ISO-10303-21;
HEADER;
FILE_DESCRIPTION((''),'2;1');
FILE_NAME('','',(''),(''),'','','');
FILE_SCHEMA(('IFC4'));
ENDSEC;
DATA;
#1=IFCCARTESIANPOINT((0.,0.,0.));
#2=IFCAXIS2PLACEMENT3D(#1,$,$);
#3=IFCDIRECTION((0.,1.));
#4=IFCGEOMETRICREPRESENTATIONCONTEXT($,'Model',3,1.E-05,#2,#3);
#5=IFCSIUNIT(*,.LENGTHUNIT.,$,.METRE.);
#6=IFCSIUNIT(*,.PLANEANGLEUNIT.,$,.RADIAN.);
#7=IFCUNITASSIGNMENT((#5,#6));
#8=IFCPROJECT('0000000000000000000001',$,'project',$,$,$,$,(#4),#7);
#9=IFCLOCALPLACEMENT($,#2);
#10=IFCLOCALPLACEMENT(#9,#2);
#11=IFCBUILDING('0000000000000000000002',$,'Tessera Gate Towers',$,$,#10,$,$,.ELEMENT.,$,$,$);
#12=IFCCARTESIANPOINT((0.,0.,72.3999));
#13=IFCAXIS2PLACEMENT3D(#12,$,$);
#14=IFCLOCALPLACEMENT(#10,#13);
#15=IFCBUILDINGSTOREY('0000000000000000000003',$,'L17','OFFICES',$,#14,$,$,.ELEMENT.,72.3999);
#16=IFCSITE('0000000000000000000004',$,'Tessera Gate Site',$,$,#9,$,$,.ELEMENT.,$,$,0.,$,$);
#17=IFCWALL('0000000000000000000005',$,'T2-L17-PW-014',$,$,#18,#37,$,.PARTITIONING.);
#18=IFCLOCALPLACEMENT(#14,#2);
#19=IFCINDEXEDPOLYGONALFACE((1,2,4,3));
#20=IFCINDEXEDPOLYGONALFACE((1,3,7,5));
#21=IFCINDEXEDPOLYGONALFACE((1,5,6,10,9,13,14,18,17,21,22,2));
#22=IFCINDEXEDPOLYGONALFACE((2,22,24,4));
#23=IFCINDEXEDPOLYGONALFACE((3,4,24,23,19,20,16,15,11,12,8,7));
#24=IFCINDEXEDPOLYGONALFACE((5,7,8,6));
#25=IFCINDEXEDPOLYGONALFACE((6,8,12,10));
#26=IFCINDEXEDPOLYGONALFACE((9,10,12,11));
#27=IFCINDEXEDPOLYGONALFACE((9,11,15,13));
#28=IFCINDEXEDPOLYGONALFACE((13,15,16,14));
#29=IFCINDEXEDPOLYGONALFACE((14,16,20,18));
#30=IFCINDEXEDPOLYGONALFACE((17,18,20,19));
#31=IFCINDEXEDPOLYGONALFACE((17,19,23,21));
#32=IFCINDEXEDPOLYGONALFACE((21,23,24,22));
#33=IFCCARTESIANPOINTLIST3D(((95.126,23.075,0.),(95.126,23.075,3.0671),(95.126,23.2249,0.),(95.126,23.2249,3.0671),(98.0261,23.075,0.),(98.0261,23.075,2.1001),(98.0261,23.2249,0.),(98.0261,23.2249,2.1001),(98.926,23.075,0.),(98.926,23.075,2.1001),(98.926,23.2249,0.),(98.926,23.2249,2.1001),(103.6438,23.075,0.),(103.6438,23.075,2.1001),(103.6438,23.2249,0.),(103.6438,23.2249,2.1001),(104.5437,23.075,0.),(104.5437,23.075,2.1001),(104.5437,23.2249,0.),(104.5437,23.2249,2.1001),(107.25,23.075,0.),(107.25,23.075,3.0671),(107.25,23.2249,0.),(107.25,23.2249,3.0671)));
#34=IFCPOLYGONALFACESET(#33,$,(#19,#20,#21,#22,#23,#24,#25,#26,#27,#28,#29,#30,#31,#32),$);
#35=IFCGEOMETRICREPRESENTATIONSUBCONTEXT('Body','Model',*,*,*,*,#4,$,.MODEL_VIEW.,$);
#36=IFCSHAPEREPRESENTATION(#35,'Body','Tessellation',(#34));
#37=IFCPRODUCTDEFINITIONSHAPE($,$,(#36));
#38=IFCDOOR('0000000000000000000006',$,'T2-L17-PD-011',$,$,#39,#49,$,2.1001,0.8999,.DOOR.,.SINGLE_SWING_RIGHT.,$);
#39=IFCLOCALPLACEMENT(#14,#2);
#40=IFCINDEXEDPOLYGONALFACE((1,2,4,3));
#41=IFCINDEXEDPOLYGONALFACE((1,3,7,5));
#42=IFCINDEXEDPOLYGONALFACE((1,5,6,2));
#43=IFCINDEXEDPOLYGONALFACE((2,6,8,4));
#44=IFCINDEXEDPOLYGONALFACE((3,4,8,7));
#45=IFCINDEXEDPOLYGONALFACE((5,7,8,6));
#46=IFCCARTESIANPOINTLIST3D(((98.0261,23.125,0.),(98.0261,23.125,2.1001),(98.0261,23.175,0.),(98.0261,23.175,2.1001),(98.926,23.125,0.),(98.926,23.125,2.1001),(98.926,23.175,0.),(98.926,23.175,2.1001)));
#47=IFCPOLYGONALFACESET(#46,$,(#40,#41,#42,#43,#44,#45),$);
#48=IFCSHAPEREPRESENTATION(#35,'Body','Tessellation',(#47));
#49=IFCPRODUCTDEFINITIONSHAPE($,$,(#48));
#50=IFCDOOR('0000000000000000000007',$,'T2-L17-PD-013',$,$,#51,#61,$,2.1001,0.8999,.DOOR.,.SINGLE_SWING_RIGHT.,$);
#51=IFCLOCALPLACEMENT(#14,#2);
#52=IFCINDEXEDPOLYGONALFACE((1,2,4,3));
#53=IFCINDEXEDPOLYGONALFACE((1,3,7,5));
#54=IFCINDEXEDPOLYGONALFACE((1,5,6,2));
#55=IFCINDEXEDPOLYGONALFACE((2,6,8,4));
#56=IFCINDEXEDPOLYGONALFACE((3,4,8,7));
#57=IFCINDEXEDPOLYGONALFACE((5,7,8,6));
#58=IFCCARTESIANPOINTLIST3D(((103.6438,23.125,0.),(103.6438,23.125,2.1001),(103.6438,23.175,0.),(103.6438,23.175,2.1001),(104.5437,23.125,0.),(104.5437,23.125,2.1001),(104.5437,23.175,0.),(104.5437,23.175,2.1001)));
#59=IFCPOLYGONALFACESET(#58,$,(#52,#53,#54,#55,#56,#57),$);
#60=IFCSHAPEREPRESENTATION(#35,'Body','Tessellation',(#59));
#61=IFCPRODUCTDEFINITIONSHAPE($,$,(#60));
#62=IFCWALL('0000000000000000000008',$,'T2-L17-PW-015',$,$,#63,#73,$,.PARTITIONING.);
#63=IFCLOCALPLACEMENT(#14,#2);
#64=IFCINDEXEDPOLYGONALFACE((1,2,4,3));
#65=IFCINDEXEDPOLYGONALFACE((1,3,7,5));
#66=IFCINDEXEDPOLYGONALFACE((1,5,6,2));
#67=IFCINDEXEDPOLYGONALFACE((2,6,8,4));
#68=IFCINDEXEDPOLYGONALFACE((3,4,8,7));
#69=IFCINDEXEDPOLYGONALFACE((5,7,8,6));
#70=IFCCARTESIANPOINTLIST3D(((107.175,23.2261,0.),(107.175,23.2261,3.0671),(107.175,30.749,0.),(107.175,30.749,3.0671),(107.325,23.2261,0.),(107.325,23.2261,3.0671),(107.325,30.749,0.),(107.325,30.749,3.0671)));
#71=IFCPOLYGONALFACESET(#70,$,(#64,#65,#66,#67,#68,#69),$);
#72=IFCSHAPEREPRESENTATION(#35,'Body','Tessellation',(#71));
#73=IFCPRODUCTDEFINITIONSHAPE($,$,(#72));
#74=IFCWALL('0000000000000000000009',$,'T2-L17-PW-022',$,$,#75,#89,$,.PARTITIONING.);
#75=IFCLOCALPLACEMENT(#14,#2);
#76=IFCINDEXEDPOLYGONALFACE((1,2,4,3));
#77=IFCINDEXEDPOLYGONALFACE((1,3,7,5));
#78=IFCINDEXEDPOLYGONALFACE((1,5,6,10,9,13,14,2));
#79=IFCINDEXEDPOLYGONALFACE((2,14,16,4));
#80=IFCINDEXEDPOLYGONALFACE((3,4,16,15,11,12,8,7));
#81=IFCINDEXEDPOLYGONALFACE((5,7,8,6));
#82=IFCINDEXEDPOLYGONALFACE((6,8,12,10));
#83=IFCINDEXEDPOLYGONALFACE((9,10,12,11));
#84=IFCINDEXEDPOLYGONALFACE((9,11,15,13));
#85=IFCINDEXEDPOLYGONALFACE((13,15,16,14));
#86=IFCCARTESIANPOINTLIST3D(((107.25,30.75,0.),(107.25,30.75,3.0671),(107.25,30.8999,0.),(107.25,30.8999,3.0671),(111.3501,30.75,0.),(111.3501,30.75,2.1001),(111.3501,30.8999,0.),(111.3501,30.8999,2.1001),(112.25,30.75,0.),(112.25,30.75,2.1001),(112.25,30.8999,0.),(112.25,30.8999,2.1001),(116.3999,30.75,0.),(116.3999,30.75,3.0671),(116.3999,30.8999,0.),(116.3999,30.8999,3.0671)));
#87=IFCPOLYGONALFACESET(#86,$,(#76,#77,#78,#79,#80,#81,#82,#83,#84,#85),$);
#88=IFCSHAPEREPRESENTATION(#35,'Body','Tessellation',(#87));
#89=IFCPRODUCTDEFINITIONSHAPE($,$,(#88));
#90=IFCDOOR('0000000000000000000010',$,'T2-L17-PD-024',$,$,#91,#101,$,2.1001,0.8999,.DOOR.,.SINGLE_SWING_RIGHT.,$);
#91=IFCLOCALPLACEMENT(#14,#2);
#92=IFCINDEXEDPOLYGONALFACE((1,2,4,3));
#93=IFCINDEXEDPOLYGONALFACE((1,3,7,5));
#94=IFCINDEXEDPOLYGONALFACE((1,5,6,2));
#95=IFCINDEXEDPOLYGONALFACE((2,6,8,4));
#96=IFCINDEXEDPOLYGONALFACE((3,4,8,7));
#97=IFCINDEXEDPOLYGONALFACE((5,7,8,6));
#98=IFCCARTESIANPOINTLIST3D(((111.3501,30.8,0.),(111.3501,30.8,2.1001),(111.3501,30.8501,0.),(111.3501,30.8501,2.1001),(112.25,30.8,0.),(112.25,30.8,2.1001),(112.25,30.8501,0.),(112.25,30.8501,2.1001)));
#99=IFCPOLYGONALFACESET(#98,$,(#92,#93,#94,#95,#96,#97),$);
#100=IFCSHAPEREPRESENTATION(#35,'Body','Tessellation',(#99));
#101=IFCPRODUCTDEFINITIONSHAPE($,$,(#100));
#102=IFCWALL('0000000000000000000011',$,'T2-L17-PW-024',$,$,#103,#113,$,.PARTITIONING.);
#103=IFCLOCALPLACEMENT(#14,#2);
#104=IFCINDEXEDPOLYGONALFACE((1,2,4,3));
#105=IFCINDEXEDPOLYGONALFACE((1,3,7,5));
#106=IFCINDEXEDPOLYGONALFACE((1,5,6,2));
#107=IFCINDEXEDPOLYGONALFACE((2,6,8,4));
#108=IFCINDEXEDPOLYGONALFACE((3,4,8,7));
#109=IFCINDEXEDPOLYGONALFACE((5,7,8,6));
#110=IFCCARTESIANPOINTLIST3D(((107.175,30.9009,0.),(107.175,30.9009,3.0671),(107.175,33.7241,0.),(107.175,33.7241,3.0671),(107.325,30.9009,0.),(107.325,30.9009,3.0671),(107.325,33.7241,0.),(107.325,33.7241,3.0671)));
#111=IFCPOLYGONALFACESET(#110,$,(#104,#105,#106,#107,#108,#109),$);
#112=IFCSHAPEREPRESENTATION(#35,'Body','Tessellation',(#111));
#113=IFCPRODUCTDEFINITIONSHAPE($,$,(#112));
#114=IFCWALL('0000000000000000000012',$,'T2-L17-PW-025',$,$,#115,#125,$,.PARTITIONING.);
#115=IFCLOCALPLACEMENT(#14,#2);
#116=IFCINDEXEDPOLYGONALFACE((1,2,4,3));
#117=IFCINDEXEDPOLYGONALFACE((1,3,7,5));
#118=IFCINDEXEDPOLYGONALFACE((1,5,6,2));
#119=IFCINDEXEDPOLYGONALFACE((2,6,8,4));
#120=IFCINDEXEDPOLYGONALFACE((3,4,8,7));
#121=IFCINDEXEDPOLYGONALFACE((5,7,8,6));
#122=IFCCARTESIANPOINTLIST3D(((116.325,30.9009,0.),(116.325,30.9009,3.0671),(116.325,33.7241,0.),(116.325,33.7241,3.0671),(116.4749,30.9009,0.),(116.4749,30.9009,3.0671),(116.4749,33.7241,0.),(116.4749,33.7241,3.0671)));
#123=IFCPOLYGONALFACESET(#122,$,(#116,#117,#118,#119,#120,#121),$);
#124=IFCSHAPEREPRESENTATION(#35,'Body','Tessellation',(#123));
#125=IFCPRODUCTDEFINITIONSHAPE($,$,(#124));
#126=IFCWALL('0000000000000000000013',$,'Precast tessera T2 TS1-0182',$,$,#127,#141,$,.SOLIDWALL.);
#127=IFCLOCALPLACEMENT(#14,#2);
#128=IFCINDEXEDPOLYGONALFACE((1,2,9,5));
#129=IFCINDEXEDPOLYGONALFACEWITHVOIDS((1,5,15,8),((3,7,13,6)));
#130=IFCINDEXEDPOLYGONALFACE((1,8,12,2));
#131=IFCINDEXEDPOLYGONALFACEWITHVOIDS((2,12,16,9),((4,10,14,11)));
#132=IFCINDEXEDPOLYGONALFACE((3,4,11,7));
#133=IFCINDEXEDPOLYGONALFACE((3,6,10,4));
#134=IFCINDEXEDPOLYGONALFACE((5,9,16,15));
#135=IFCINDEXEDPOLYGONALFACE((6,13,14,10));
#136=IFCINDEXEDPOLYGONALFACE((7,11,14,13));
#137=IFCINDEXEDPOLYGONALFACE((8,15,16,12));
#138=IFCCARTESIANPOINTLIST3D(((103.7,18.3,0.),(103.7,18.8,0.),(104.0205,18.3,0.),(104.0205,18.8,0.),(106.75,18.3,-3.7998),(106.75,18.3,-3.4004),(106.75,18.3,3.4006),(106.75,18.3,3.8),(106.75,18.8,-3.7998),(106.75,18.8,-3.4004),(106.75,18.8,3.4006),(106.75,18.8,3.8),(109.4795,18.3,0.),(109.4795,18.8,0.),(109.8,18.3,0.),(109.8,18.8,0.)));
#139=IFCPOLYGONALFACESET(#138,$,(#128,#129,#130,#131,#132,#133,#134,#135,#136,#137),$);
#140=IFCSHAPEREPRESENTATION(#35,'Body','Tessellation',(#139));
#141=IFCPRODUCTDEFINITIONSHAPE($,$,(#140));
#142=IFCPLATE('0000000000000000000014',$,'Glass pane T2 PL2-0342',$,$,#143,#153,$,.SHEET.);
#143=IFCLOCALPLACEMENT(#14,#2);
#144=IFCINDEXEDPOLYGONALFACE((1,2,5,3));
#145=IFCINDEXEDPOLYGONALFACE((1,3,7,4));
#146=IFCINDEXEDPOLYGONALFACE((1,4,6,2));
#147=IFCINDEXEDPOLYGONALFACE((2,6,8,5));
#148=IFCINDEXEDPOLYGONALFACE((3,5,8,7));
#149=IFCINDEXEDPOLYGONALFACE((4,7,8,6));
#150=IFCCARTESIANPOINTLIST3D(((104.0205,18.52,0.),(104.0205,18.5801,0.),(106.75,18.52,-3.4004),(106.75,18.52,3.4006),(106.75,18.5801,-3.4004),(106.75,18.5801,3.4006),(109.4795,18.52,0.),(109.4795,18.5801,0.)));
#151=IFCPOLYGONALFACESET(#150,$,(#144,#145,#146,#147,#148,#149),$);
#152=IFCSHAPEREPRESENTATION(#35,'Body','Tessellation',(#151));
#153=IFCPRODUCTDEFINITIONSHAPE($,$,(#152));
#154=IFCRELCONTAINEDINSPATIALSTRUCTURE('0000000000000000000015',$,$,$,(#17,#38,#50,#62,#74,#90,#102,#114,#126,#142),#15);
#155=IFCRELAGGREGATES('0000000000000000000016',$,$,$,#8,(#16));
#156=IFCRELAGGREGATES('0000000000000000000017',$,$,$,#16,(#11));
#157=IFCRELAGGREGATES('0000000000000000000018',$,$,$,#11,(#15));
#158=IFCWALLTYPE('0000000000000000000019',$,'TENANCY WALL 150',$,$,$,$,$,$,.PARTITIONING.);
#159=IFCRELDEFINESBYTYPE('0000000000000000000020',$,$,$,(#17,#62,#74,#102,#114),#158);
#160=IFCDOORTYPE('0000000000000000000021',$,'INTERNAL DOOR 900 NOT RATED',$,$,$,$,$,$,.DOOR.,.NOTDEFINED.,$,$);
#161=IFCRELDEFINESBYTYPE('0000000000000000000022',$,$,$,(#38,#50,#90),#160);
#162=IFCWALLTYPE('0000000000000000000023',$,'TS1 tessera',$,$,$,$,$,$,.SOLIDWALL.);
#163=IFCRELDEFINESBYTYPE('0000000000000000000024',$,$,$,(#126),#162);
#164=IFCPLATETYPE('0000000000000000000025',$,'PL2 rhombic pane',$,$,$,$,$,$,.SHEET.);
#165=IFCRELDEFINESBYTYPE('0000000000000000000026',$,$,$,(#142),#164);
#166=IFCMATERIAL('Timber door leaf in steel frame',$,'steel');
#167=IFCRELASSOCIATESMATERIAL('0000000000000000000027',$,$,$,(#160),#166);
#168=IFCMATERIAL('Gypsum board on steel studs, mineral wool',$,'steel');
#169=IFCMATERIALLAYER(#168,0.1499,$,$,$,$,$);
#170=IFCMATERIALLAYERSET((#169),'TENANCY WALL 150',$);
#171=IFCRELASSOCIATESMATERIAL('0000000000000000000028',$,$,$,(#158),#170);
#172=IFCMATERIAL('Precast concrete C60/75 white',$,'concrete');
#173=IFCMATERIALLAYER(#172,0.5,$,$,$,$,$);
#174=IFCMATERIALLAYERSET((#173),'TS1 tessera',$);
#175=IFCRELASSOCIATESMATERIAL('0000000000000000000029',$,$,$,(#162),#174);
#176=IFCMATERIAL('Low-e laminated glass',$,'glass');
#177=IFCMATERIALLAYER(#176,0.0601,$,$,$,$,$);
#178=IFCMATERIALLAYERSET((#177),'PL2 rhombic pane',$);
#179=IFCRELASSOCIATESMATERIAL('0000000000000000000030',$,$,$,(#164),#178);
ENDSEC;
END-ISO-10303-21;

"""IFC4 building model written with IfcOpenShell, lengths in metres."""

from ifc_helpers import new_model, si_unit, direction, frame, frame_2d, origin, place, context, subcontext, project, spatial, polyline, rectangle, outline, extrude, source, transform, mapped, material, layer, layer_set, type_object, element, fill, save


model = new_model("IFC4")

# Units and contexts
model_context = context("Model", 3, precision=1e-05, world=origin(), true_north=direction((0.0, 1.0)))
body_context = subcontext(model_context, "Body", "Model", "MODEL_VIEW")
ifc_project = project(units=[si_unit("LENGTHUNIT", "METRE"), si_unit("PLANEANGLEUNIT", "RADIAN")], contexts=[model_context])

# Site, building, storey
site_placement = place(None, origin())
site = spatial("IfcSite", under=ifc_project, at=site_placement, Name="Tessera Gate Site", CompositionType="ELEMENT", RefElevation=0.0)
building_placement = place(site_placement, origin())
building = spatial("IfcBuilding", under=site, at=building_placement, Name="Tessera Gate Towers", CompositionType="ELEMENT")
storey_placement = place(building_placement, frame((0.0, 0.0, 72.3999)))
storey = spatial("IfcBuildingStorey", under=building, at=storey_placement, Name="L17", Description="OFFICES", CompositionType="ELEMENT", Elevation=72.3999)

# Shared definitions
ifc_material_1 = material(Name="Timber door leaf in steel frame", Category="steel")
door_type = type_object("IfcDoorType", Name="INTERNAL DOOR 900 NOT RATED", OperationType="NOTDEFINED", PredefinedType="DOOR", material=ifc_material_1)
shared_shape_1 = source(origin(), body_context, "Body", "SweptSolid", [
    extrude(rectangle(XDim=0.8999, YDim=2.1001, at=frame_2d((0.45, 1.05))), frame((0.0, 0.0249, 0.0), z_axis=(0.0, -1.0, 0.0), x_axis=(1.0, 0.0, 0.0)), (0.0, 0.0, 1.0), 0.05),
])

# Shared definitions
ifc_material_2 = material(Name="Gypsum board on steel studs, mineral wool", Category="steel")
ifc_layer_1 = layer(ifc_material_2, 0.1499)
ifc_layer_set_1 = layer_set([ifc_layer_1], Name="TENANCY WALL 150")
wall_type_1 = type_object("IfcWallType", Name="TENANCY WALL 150", PredefinedType="PARTITIONING", material=ifc_layer_set_1)

# Wall, openings, doors
wall_1_placement = place(storey_placement, frame((107.25, 23.1499, 0.0), z_axis=(0.0, 0.0, 1.0), x_axis=(-1.0, 0.0, 0.0)))
wall_1 = element("IfcWall", 1, at=wall_1_placement, inside=storey, type_object=wall_type_1, Name="T2-L17-PW-014", PredefinedType="PARTITIONING", context=body_context, shape_type="SweptSolid", body=[
    extrude(rectangle(XDim=12.124, YDim=0.1499, at=frame_2d((6.062, 0.0))), origin(), (0.0, 0.0, 1.0), 3.0671),
])
shared_shape_2 = source(origin(), body_context, "Body", "SweptSolid", [
    extrude(rectangle(XDim=0.8999, YDim=2.1001, at=frame_2d((0.45, 1.05))), frame((0.0, 0.085, 0.0), z_axis=(0.0, -1.0, 0.0), x_axis=(1.0, 0.0, 0.0)), (0.0, 0.0, 1.0), 0.1699),
])
opening_1_placement = place(wall_1_placement, frame((8.324, 0.0, 0.0)))
opening_1 = element("IfcOpeningElement", 2, at=opening_1_placement, cuts=wall_1, PredefinedType="OPENING", context=body_context, shape_type="MappedRepresentation", body=[
    mapped(shared_shape_2, transform((0.0, 0.0, 0.0), scale=1.0)),
])
opening_2_placement = place(wall_1_placement, frame((2.7063, 0.0, 0.0)))
opening_2 = element("IfcOpeningElement", 3, at=opening_2_placement, cuts=wall_1, PredefinedType="OPENING", context=body_context, shape_type="MappedRepresentation", body=[
    mapped(shared_shape_2, transform((0.0, 0.0, 0.0), scale=1.0)),
])
door_1_placement = place(opening_1_placement, origin())
door_1 = element("IfcDoor", 4, at=door_1_placement, inside=storey, type_object=door_type, Name="T2-L17-PD-011", OperationType="SINGLE_SWING_RIGHT", OverallHeight=2.1001, OverallWidth=0.8999, PredefinedType="DOOR", context=body_context, shape_type="MappedRepresentation", body=[
    mapped(shared_shape_1, transform((0.0, 0.0, 0.0), scale=1.0)),
])
fill(opening_1, door_1)
door_2_placement = place(opening_2_placement, origin())
door_2 = element("IfcDoor", 5, at=door_2_placement, inside=storey, type_object=door_type, Name="T2-L17-PD-013", OperationType="SINGLE_SWING_RIGHT", OverallHeight=2.1001, OverallWidth=0.8999, PredefinedType="DOOR", context=body_context, shape_type="MappedRepresentation", body=[
    mapped(shared_shape_1, transform((0.0, 0.0, 0.0), scale=1.0)),
])
fill(opening_2, door_2)

# Wall
wall_2_placement = place(storey_placement, frame((107.25, 23.2261, 0.0), z_axis=(0.0, 0.0, 1.0), x_axis=(0.0, 1.0, 0.0)))
element("IfcWall", 6, at=wall_2_placement, inside=storey, type_object=wall_type_1, Name="T2-L17-PW-015", PredefinedType="PARTITIONING", context=body_context, shape_type="SweptSolid", body=[
    extrude(rectangle(XDim=7.5229, YDim=0.1499, at=frame_2d((3.7615, 0.0))), origin(), (0.0, 0.0, 1.0), 3.0671),
])

# Wall, opening, door
wall_3_placement = place(storey_placement, frame((116.3999, 30.825, 0.0), z_axis=(0.0, 0.0, 1.0), x_axis=(-1.0, 0.0, 0.0)))
wall_3 = element("IfcWall", 7, at=wall_3_placement, inside=storey, type_object=wall_type_1, Name="T2-L17-PW-022", PredefinedType="PARTITIONING", context=body_context, shape_type="SweptSolid", body=[
    extrude(rectangle(XDim=9.1499, YDim=0.1499, at=frame_2d((4.575, 0.0))), origin(), (0.0, 0.0, 1.0), 3.0671),
])
opening_3_placement = place(wall_3_placement, frame((4.1499, 0.0, 0.0)))
opening_3 = element("IfcOpeningElement", 8, at=opening_3_placement, cuts=wall_3, PredefinedType="OPENING", context=body_context, shape_type="MappedRepresentation", body=[
    mapped(shared_shape_2, transform((0.0, 0.0, 0.0), scale=1.0)),
])
door_3_placement = place(opening_3_placement, origin())
door_3 = element("IfcDoor", 9, at=door_3_placement, inside=storey, type_object=door_type, Name="T2-L17-PD-024", OperationType="SINGLE_SWING_RIGHT", OverallHeight=2.1001, OverallWidth=0.8999, PredefinedType="DOOR", context=body_context, shape_type="MappedRepresentation", body=[
    mapped(shared_shape_1, transform((0.0, 0.0, 0.0), scale=1.0)),
])
fill(opening_3, door_3)

# Walls
for number, where, z_axis, x_axis, name in (
    (10, (107.25, 30.9009, 0.0), (0.0, 0.0, 1.0), (0.0, 1.0, 0.0), "T2-L17-PW-024"),
    (11, (116.3999, 30.9009, 0.0), (0.0, 0.0, 1.0), (0.0, 1.0, 0.0), "T2-L17-PW-025"),
):
    element("IfcWall", number, at=place(storey_placement, frame(where, z_axis=z_axis, x_axis=x_axis)), inside=storey, type_object=wall_type_1, Name=name, PredefinedType="PARTITIONING", context=body_context, shape_type="SweptSolid", body=[
        extrude(rectangle(XDim=2.8232, YDim=0.1499, at=frame_2d((1.4116, 0.0))), origin(), (0.0, 0.0, 1.0), 3.0671),
    ])

# Wall, opening, plate
ifc_material_3 = material(Name="Precast concrete C60/75 white", Category="concrete")
ifc_layer_2 = layer(ifc_material_3, 0.5)
ifc_layer_set_2 = layer_set([ifc_layer_2], Name="TS1 tessera")
wall_type_2 = type_object("IfcWallType", Name="TS1 tessera", PredefinedType="SOLIDWALL", material=ifc_layer_set_2)
shared_shape_3 = source(origin(), body_context, "Body", "SweptSolid", [
    extrude(outline(polyline([(3.05, 0.0), (6.1001, 3.7998), (3.05, 7.5999), (0.0, 3.7998), (3.05, 0.0)])), frame((0.0, 0.25, 0.0), z_axis=(0.0, -1.0, 0.0), x_axis=(1.0, 0.0, 0.0)), (0.0, 0.0, 1.0), 0.5),
])
wall_4_placement = place(storey_placement, frame((103.7, 18.55, -3.7998), z_axis=(0.0, 0.0, 1.0), x_axis=(1.0, 0.0, 0.0)))
wall_4 = element("IfcWall", 12, at=wall_4_placement, inside=storey, type_object=wall_type_2, Name="Precast tessera T2 TS1-0182", PredefinedType="SOLIDWALL", context=body_context, shape_type="MappedRepresentation", body=[
    mapped(shared_shape_3, transform((0.0, 0.0, 0.0), scale=1.0)),
])
shared_shape_4 = source(origin(), body_context, "Body", "SweptSolid", [
    extrude(outline(polyline([(3.05, 0.3994), (5.7795, 3.7998), (3.05, 7.2004), (0.3206, 3.7998), (3.05, 0.3994)])), frame((0.0, 0.26, 0.0), z_axis=(0.0, -1.0, 0.0), x_axis=(1.0, 0.0, 0.0)), (0.0, 0.0, 1.0), 0.52),
])
opening_4_placement = place(wall_4_placement, origin())
opening_4 = element("IfcOpeningElement", 13, at=opening_4_placement, cuts=wall_4, PredefinedType="OPENING", context=body_context, shape_type="MappedRepresentation", body=[
    mapped(shared_shape_4, transform((0.0, 0.0, 0.0), scale=1.0)),
])
ifc_material_4 = material(Name="Low-e laminated glass", Category="glass")
ifc_layer_3 = layer(ifc_material_4, 0.0601)
ifc_layer_set_3 = layer_set([ifc_layer_3], Name="PL2 rhombic pane")
plate_type = type_object("IfcPlateType", Name="PL2 rhombic pane", PredefinedType="SHEET", material=ifc_layer_set_3)
shared_shape_5 = source(origin(), body_context, "Body", "SweptSolid", [
    extrude(outline(polyline([(3.05, 0.3994), (5.7795, 3.7998), (3.05, 7.2004), (0.3206, 3.7998), (3.05, 0.3994)])), frame((0.0, 0.03, 0.0), z_axis=(0.0, -1.0, 0.0), x_axis=(1.0, 0.0, 0.0)), (0.0, 0.0, 1.0), 0.0601),
])
plate_1_placement = place(opening_4_placement, origin())
plate_1 = element("IfcPlate", 14, at=plate_1_placement, inside=storey, type_object=plate_type, Name="Glass pane T2 PL2-0342", PredefinedType="SHEET", context=body_context, shape_type="MappedRepresentation", body=[
    mapped(shared_shape_5, transform((0.0, 0.0, 0.0), scale=1.0)),
])
fill(opening_4, plate_1)

save(model, "model.ifc")
